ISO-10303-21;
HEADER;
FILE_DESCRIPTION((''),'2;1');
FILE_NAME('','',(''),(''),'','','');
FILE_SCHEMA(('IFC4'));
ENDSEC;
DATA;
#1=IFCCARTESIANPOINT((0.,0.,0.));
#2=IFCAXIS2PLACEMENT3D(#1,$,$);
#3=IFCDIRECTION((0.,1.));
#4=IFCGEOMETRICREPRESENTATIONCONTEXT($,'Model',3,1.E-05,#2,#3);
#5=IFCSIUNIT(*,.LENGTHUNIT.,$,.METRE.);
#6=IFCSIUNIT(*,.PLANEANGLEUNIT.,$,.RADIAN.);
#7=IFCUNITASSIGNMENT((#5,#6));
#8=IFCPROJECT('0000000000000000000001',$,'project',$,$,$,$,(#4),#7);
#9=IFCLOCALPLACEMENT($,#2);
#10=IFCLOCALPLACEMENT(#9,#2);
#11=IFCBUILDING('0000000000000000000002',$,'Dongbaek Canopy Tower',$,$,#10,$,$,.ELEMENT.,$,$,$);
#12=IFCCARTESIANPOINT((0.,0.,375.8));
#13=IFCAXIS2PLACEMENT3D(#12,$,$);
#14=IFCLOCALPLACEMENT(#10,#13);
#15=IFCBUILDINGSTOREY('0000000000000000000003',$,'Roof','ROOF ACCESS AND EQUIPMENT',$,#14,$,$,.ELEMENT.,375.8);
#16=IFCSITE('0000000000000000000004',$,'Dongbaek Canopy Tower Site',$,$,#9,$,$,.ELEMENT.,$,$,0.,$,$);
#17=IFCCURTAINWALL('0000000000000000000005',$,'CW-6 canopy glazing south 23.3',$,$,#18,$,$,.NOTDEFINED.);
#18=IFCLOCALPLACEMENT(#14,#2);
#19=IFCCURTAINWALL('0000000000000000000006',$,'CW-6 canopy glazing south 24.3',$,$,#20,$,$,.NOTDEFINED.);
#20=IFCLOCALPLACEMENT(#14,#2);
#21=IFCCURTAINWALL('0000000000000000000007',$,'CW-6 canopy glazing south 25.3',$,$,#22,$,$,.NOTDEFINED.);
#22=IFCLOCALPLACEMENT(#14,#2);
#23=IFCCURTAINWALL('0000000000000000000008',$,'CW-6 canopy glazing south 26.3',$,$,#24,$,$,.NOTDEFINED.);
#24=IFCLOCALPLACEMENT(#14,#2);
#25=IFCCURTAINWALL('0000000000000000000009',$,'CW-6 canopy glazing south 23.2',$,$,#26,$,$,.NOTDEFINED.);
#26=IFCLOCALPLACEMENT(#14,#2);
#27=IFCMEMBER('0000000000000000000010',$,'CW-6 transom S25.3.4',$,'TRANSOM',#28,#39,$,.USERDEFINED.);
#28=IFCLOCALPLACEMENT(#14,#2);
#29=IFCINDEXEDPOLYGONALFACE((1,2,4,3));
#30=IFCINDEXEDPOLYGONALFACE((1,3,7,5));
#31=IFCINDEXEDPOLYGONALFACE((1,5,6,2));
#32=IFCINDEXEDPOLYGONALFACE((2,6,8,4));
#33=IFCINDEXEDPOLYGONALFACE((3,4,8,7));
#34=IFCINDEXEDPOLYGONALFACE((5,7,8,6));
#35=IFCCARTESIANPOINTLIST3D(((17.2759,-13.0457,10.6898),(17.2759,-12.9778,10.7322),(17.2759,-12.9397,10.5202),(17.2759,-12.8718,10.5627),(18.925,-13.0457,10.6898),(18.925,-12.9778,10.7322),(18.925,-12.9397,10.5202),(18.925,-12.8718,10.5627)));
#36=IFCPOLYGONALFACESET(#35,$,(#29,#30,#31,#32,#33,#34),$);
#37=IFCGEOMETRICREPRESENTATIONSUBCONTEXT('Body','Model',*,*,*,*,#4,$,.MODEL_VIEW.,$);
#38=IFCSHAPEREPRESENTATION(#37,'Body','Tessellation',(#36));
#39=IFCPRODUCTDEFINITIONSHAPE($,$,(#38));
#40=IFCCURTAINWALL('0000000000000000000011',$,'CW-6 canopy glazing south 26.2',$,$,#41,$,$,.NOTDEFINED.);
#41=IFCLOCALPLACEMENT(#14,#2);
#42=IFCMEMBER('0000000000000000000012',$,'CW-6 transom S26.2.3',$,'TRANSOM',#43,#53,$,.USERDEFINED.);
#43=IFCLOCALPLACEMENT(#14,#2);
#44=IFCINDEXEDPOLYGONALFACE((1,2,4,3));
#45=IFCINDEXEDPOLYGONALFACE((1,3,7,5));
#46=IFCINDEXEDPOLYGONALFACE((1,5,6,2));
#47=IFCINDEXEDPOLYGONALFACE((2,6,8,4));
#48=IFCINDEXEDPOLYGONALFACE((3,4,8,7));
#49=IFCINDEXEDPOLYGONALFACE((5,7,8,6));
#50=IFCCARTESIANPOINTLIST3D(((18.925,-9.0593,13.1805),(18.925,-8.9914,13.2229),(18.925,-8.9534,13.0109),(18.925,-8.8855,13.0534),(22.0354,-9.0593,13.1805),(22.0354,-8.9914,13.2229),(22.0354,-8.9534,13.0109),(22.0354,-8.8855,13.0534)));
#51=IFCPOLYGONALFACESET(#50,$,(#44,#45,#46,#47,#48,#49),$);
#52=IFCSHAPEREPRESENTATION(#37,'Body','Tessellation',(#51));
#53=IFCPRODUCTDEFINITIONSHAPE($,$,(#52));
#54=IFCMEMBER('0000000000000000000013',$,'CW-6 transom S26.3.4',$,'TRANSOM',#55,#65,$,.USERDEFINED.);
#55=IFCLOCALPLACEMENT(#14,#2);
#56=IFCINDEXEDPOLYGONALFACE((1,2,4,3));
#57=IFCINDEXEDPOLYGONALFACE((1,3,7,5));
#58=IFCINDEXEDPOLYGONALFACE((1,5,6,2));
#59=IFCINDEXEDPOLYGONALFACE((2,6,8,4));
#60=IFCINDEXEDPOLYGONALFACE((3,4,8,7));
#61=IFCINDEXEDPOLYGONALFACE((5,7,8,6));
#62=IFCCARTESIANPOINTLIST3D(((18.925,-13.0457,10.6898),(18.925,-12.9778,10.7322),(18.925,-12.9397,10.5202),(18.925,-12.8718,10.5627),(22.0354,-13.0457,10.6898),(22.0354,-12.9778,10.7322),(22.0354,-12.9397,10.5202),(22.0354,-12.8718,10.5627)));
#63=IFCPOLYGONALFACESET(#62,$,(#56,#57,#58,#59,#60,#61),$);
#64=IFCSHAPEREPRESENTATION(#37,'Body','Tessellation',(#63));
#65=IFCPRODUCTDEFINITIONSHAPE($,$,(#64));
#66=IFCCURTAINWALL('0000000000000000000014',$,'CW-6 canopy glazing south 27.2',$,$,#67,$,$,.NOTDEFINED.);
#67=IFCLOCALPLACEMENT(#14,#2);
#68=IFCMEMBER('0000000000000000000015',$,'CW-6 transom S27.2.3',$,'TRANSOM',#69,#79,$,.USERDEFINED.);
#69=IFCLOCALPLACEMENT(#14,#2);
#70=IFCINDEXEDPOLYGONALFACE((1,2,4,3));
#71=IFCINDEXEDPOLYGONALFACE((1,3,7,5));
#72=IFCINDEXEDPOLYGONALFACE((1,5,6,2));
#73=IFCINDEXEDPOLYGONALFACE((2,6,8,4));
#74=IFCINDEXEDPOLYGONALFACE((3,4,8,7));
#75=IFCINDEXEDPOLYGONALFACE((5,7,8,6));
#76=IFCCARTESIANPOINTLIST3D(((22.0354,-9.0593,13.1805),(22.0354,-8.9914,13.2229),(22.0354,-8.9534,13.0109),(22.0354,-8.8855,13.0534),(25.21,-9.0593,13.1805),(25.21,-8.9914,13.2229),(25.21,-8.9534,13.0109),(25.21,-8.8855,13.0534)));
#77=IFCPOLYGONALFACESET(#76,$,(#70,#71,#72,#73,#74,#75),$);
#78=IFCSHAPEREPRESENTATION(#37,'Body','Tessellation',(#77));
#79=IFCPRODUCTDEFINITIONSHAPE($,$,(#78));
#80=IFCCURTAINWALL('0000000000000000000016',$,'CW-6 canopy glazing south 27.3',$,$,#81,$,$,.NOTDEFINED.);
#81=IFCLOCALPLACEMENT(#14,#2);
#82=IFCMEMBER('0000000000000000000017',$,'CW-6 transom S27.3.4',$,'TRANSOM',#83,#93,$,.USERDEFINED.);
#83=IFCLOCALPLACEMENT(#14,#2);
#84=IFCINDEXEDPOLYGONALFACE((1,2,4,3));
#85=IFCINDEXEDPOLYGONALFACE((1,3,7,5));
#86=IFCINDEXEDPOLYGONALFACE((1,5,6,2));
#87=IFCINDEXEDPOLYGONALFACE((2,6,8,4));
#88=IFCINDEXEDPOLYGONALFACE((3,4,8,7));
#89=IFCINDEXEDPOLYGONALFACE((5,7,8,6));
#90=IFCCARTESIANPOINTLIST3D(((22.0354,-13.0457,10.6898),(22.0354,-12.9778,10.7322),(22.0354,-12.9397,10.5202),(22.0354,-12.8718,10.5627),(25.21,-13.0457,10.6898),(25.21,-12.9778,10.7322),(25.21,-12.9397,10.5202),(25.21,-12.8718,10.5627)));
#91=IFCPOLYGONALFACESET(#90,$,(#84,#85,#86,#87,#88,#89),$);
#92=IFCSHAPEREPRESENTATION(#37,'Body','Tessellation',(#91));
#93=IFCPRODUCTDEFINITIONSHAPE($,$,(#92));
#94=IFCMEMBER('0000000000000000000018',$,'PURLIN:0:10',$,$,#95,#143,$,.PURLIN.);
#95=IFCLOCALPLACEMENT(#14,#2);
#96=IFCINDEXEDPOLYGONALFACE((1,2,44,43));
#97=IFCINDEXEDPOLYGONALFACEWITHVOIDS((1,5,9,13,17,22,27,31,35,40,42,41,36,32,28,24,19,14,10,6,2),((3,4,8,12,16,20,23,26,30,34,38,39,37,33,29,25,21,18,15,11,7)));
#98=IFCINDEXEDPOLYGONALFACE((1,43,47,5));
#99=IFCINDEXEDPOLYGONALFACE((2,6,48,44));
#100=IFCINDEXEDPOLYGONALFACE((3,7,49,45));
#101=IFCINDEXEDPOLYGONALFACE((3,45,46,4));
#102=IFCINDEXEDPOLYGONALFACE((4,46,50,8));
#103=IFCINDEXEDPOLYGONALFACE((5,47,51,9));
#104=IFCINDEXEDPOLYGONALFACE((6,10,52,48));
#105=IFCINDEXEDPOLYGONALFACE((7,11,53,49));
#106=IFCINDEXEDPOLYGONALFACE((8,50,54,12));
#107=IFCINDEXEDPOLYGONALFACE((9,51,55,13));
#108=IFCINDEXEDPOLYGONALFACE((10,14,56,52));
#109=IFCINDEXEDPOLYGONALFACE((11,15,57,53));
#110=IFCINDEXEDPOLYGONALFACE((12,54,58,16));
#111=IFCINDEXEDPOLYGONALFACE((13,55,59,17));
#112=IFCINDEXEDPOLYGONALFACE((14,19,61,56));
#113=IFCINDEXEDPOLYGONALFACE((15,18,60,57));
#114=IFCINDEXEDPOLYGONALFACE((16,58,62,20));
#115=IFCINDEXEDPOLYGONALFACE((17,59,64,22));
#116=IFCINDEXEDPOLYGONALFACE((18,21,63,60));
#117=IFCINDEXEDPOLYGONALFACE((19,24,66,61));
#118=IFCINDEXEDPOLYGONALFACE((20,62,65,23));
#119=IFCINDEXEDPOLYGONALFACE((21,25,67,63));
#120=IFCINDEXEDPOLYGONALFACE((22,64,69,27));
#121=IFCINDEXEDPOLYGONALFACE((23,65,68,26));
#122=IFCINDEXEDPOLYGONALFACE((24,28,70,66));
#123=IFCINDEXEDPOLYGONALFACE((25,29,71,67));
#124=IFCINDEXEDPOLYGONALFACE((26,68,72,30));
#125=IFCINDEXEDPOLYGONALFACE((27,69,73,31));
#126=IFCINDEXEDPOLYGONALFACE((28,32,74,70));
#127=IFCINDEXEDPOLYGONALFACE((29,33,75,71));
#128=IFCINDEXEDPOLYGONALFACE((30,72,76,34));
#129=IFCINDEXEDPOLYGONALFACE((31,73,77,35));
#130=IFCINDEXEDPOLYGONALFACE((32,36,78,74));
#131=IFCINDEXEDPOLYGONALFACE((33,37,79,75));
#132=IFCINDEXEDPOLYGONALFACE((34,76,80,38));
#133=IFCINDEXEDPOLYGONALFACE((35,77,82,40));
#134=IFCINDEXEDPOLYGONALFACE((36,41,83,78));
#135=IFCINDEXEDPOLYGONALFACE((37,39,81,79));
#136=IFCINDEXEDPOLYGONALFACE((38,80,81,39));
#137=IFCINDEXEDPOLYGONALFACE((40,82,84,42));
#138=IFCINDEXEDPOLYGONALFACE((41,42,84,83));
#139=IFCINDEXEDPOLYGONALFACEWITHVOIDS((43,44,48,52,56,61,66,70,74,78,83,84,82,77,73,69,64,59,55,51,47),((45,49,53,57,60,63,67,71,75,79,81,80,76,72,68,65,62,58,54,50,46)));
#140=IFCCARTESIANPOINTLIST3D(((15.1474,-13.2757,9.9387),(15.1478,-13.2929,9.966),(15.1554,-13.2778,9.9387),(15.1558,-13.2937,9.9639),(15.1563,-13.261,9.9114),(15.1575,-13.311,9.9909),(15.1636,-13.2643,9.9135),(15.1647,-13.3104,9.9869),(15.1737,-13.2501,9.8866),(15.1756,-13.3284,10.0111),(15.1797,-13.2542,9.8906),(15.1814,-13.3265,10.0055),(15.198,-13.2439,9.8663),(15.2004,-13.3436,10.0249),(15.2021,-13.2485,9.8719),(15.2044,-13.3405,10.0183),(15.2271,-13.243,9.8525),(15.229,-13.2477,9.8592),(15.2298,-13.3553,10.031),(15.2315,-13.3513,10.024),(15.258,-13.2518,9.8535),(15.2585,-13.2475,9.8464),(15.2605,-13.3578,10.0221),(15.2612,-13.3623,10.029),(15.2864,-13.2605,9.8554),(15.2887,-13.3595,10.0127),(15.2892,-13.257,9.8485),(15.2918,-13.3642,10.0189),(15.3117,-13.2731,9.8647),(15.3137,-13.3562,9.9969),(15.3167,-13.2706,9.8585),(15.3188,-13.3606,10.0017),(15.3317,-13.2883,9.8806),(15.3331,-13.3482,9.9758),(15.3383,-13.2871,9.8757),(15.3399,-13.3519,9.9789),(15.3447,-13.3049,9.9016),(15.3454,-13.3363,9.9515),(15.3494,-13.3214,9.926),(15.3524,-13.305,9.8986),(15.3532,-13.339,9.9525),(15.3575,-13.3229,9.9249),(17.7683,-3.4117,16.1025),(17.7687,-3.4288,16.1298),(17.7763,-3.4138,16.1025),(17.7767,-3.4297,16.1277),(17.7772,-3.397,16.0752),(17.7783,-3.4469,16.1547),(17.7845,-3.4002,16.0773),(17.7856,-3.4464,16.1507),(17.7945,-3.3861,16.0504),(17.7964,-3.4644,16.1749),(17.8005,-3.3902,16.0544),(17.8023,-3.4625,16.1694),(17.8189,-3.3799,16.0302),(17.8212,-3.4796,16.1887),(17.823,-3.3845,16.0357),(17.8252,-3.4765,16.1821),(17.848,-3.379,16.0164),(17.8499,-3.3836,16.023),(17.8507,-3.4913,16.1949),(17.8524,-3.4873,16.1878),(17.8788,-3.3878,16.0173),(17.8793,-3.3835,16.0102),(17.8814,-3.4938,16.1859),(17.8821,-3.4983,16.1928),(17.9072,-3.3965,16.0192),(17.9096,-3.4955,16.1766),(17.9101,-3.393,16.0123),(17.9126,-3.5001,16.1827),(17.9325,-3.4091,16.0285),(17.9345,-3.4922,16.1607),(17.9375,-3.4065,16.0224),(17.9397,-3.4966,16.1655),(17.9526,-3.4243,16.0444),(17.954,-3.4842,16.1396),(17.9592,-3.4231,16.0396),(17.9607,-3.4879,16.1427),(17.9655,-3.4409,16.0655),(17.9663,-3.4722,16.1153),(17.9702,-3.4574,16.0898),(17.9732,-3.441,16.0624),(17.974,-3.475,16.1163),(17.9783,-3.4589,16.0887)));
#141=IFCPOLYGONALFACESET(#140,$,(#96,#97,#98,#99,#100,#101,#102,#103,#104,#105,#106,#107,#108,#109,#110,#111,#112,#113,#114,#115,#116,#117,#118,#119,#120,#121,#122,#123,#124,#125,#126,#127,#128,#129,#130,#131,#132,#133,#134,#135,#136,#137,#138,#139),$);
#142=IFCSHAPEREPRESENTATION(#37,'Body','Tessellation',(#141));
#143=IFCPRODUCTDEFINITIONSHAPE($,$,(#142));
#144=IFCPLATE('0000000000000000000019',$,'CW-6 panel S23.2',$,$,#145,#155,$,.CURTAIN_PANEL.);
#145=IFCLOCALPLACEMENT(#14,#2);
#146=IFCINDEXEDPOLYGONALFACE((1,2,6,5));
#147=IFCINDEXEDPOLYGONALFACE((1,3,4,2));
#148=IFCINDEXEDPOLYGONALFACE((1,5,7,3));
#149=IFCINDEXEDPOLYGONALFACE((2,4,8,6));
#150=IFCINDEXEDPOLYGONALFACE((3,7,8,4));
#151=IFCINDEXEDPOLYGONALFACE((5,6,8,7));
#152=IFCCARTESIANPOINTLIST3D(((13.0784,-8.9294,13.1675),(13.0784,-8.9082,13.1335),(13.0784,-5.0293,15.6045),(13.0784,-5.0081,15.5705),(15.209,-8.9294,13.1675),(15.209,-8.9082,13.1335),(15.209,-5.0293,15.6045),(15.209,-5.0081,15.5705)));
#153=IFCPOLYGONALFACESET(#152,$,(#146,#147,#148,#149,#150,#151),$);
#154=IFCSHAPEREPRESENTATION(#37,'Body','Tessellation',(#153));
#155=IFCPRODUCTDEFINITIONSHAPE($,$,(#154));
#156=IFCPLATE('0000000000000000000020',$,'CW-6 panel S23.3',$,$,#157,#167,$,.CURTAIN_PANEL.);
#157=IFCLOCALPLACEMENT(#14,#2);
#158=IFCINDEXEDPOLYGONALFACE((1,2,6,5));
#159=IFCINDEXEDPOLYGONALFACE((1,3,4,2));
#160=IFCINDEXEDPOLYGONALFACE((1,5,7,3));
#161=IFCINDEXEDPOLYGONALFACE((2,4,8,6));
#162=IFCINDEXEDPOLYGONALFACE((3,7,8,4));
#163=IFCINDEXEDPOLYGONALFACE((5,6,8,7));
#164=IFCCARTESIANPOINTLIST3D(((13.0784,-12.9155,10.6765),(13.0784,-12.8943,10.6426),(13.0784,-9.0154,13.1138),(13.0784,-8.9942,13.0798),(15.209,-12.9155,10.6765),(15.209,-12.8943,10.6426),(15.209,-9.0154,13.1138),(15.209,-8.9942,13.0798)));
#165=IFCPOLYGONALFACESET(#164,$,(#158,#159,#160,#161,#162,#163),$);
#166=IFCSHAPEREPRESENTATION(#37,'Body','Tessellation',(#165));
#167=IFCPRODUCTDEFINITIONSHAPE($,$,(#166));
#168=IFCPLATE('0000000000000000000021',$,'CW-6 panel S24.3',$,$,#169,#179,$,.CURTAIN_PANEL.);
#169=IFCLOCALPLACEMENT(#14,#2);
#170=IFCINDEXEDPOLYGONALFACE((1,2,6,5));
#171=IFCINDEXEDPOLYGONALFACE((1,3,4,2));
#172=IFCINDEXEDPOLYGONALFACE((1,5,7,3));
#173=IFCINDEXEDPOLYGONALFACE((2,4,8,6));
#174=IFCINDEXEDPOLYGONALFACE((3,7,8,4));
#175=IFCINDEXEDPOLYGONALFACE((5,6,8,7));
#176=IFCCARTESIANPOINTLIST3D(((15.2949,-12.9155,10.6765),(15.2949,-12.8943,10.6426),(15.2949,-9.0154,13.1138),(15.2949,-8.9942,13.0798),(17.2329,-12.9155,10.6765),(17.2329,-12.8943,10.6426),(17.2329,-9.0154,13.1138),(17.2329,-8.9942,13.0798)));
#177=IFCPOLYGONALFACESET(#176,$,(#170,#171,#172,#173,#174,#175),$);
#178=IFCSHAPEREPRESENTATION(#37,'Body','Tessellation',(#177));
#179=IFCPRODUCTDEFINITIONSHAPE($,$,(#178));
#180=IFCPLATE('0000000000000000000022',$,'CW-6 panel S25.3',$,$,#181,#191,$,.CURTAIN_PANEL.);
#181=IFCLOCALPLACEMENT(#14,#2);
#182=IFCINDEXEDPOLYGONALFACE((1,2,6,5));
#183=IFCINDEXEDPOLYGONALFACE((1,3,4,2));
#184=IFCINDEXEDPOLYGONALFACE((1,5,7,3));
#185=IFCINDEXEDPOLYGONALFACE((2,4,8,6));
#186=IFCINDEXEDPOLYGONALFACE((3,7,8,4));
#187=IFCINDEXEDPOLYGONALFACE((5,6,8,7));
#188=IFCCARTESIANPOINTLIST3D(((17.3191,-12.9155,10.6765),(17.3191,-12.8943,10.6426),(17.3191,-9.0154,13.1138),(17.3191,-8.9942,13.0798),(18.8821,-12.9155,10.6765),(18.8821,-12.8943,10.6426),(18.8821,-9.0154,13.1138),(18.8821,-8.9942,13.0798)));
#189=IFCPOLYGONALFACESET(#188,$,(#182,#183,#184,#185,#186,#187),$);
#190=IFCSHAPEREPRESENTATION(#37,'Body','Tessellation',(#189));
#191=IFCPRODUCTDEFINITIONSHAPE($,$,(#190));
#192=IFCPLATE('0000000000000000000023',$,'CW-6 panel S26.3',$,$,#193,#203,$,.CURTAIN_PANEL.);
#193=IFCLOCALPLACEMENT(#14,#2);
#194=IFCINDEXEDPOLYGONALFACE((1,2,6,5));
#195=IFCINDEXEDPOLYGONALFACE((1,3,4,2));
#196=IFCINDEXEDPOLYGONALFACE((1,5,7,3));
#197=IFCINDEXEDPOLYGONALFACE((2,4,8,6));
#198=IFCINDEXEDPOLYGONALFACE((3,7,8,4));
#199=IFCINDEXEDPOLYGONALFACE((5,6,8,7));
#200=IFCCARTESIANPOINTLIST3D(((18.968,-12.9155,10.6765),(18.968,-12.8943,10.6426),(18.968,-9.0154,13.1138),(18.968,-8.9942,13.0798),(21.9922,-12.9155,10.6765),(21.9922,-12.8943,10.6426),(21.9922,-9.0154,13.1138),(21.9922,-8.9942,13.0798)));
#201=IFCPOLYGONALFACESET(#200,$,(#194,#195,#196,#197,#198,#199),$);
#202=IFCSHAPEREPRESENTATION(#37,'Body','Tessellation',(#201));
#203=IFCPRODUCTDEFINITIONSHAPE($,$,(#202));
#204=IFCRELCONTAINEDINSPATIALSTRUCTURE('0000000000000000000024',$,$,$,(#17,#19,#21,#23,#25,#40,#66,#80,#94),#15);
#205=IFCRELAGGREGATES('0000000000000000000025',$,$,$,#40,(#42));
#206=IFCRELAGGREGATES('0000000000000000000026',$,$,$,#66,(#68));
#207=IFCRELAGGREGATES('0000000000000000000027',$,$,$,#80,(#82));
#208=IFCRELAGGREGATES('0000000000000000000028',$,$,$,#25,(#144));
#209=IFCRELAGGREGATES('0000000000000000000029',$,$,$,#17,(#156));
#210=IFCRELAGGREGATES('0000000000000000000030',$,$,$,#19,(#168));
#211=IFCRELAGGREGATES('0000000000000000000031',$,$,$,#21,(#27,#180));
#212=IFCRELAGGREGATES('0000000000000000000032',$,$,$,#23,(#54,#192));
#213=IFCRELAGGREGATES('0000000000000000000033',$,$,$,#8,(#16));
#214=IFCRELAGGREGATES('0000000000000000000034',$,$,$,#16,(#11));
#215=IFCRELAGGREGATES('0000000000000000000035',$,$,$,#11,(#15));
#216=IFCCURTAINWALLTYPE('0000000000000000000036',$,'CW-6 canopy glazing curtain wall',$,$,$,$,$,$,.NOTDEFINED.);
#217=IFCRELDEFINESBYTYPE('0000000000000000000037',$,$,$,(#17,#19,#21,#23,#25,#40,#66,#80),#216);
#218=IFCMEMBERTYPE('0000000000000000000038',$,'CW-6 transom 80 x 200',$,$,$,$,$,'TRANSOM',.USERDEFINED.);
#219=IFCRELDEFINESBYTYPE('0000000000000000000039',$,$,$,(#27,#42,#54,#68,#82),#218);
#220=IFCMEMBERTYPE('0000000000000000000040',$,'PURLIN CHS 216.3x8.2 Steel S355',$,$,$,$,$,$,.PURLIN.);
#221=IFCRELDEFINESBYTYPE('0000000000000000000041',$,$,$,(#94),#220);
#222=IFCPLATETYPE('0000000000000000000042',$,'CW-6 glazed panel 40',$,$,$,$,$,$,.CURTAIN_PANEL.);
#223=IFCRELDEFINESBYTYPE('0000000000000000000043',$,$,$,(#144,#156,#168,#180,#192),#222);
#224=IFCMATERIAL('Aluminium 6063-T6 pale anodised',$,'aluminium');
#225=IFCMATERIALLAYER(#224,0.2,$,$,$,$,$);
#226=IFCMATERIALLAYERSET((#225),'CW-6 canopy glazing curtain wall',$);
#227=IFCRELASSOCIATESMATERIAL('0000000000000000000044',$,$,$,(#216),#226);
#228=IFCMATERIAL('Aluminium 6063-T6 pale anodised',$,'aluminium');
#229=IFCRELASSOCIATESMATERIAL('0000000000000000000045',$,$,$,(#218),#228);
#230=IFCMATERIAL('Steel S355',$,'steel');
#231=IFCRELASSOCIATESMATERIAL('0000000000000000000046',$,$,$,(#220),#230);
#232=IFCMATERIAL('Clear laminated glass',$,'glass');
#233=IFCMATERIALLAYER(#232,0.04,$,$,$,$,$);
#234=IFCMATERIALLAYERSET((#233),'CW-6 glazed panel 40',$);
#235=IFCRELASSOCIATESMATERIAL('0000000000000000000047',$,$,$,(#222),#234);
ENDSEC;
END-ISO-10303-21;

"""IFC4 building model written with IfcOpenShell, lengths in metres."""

from ifc_helpers import new_model, si_unit, direction, frame, origin, origin_2d, place, context, subcontext, project, spatial, polyline, rectangle, hollow_circle, outline, extrude, material, layer, layer_set, material_profile, profile_set, type_object, element, aggregate, save


model = new_model("IFC4")

# Units and contexts
model_context = context("Model", 3, precision=1e-05, world=origin(), true_north=direction((0.0, 1.0)))
body_context = subcontext(model_context, "Body", "Model", "MODEL_VIEW")
ifc_project = project(units=[si_unit("LENGTHUNIT", "METRE"), si_unit("PLANEANGLEUNIT", "RADIAN")], contexts=[model_context])

# Site, building, storey
site_placement = place(None, origin())
site = spatial("IfcSite", under=ifc_project, at=site_placement, Name="Dongbaek Canopy Tower Site", CompositionType="ELEMENT", RefElevation=0.0)
building_placement = place(site_placement, origin())
building = spatial("IfcBuilding", under=site, at=building_placement, Name="Dongbaek Canopy Tower", CompositionType="ELEMENT")
storey_placement = place(building_placement, frame((0.0, 0.0, 375.8)))
storey = spatial("IfcBuildingStorey", under=building, at=storey_placement, Name="Roof", Description="ROOF ACCESS AND EQUIPMENT", CompositionType="ELEMENT", Elevation=375.8)

# Curtain walls
ifc_material_1 = material(Name="Aluminium 6063-T6 pale anodised", Category="aluminium")
ifc_layer_1 = layer(ifc_material_1, 0.2)
ifc_layer_set_1 = layer_set([ifc_layer_1], Name="CW-6 canopy glazing curtain wall")
curtain_wall_type = type_object("IfcCurtainWallType", Name="CW-6 canopy glazing curtain wall", PredefinedType="NOTDEFINED", material=ifc_layer_set_1)
curtain_wall_1_placement = place(storey_placement, origin())
curtain_wall_1 = element("IfcCurtainWall", 1, at=curtain_wall_1_placement, inside=storey, type_object=curtain_wall_type, Name="CW-6 canopy glazing south 23.3", PredefinedType="NOTDEFINED")
curtain_wall_2_placement = place(storey_placement, origin())
curtain_wall_2 = element("IfcCurtainWall", 2, at=curtain_wall_2_placement, inside=storey, type_object=curtain_wall_type, Name="CW-6 canopy glazing south 24.3", PredefinedType="NOTDEFINED")
curtain_wall_3_placement = place(storey_placement, origin())
curtain_wall_3 = element("IfcCurtainWall", 3, at=curtain_wall_3_placement, inside=storey, type_object=curtain_wall_type, Name="CW-6 canopy glazing south 25.3", PredefinedType="NOTDEFINED")
curtain_wall_4_placement = place(storey_placement, origin())
curtain_wall_4 = element("IfcCurtainWall", 4, at=curtain_wall_4_placement, inside=storey, type_object=curtain_wall_type, Name="CW-6 canopy glazing south 26.3", PredefinedType="NOTDEFINED")
curtain_wall_5_placement = place(storey_placement, origin())
curtain_wall_5 = element("IfcCurtainWall", 5, at=curtain_wall_5_placement, inside=storey, type_object=curtain_wall_type, Name="CW-6 canopy glazing south 23.2", PredefinedType="NOTDEFINED")
ifc_material_2 = material(Name="Aluminium 6063-T6 pale anodised", Category="aluminium")
ifc_material_profile_1 = material_profile(ifc_material_2, rectangle(XDim=0.0801, YDim=0.2, at=origin_2d()), Name="CW-6 transom 80 x 200")
ifc_profile_set_1 = profile_set([ifc_material_profile_1], Name="Aluminium 6063-T6 pale anodised")
member_type_1 = type_object("IfcMemberType", Name="CW-6 transom 80 x 200", ElementType="TRANSOM", PredefinedType="USERDEFINED", material=ifc_profile_set_1)

# Member
member_1_placement = place(storey_placement, frame((17.2759, -12.9587, 10.6262), z_axis=(1.0, 0.0, 0.0), x_axis=(0.0, 0.848048, 0.529919)))
member_1 = element("IfcMember", 6, at=member_1_placement, type_object=member_type_1, Name="CW-6 transom S25.3.4", ObjectType="TRANSOM", PredefinedType="USERDEFINED", context=body_context, shape_type="SweptSolid", body=[
    extrude(rectangle(XDim=0.0801, YDim=0.2, at=origin_2d()), origin(), (0.0, 0.0, 1.0), 1.6492),
])

# Curtain wall, member
curtain_wall_6_placement = place(storey_placement, origin())
curtain_wall_6 = element("IfcCurtainWall", 7, at=curtain_wall_6_placement, inside=storey, type_object=curtain_wall_type, Name="CW-6 canopy glazing south 26.2", PredefinedType="NOTDEFINED")
member_2_placement = place(storey_placement, frame((18.925, -8.9724, 13.1169), z_axis=(1.0, 0.0, 0.0), x_axis=(0.0, 0.848048, 0.529919)))
member_2 = element("IfcMember", 8, at=member_2_placement, type_object=member_type_1, Name="CW-6 transom S26.2.3", ObjectType="TRANSOM", PredefinedType="USERDEFINED", context=body_context, shape_type="SweptSolid", body=[
    extrude(rectangle(XDim=0.0801, YDim=0.2, at=origin_2d()), origin(), (0.0, 0.0, 1.0), 3.1104),
])
aggregate(curtain_wall_6, [member_2])

# Member
member_3_placement = place(storey_placement, frame((18.925, -12.9587, 10.6262), z_axis=(1.0, 0.0, 0.0), x_axis=(0.0, 0.848048, 0.529919)))
member_3 = element("IfcMember", 9, at=member_3_placement, type_object=member_type_1, Name="CW-6 transom S26.3.4", ObjectType="TRANSOM", PredefinedType="USERDEFINED", context=body_context, shape_type="SweptSolid", body=[
    extrude(rectangle(XDim=0.0801, YDim=0.2, at=origin_2d()), origin(), (0.0, 0.0, 1.0), 3.1104),
])

# Curtain walls, members
curtain_wall_7_placement = place(storey_placement, origin())
curtain_wall_7 = element("IfcCurtainWall", 10, at=curtain_wall_7_placement, inside=storey, type_object=curtain_wall_type, Name="CW-6 canopy glazing south 27.2", PredefinedType="NOTDEFINED")
member_4_placement = place(storey_placement, frame((22.0354, -8.9724, 13.1169), z_axis=(1.0, 0.0, 0.0), x_axis=(0.0, 0.848048, 0.529919)))
member_4 = element("IfcMember", 11, at=member_4_placement, type_object=member_type_1, Name="CW-6 transom S27.2.3", ObjectType="TRANSOM", PredefinedType="USERDEFINED", context=body_context, shape_type="SweptSolid", body=[
    extrude(rectangle(XDim=0.0801, YDim=0.2, at=origin_2d()), origin(), (0.0, 0.0, 1.0), 3.1746),
])
aggregate(curtain_wall_7, [member_4])
curtain_wall_8_placement = place(storey_placement, origin())
curtain_wall_8 = element("IfcCurtainWall", 12, at=curtain_wall_8_placement, inside=storey, type_object=curtain_wall_type, Name="CW-6 canopy glazing south 27.3", PredefinedType="NOTDEFINED")
member_5_placement = place(storey_placement, frame((22.0354, -12.9587, 10.6262), z_axis=(1.0, 0.0, 0.0), x_axis=(0.0, 0.848048, 0.529919)))
member_5 = element("IfcMember", 13, at=member_5_placement, type_object=member_type_1, Name="CW-6 transom S27.3.4", ObjectType="TRANSOM", PredefinedType="USERDEFINED", context=body_context, shape_type="SweptSolid", body=[
    extrude(rectangle(XDim=0.0801, YDim=0.2, at=origin_2d()), origin(), (0.0, 0.0, 1.0), 3.1746),
])
aggregate(curtain_wall_8, [member_5])

# Member
ifc_material_3 = material(Name="Steel S355", Category="steel")
ifc_material_profile_2 = material_profile(ifc_material_3, hollow_circle(Radius=0.1082, WallThickness=0.0083, at=origin_2d()), Name="PURLIN CHS 216.3x8.2 Steel S355")
ifc_profile_set_2 = profile_set([ifc_material_profile_2], Name="Steel S355")
member_type_2 = type_object("IfcMemberType", Name="PURLIN CHS 216.3x8.2 Steel S355", PredefinedType="PURLIN", material=ifc_profile_set_2)
member_6_placement = place(storey_placement, frame((15.252, -13.3035, 9.9387), z_axis=(0.219813, 0.827303, 0.516964), x_axis=(-0.966468, 0.256789, 0.0)))
element("IfcMember", 14, at=member_6_placement, inside=storey, type_object=member_type_2, Name="PURLIN:0:10", PredefinedType="PURLIN", context=body_context, shape_type="SweptSolid", body=[
    extrude(hollow_circle(Radius=0.1082, WallThickness=0.0083, at=origin_2d()), origin(), (0.0, 0.0, 1.0), 11.9231),
])

# Plates
ifc_material_4 = material(Name="Clear laminated glass", Category="glass")
ifc_layer_2 = layer(ifc_material_4, 0.04)
ifc_layer_set_2 = layer_set([ifc_layer_2], Name="CW-6 glazed panel 40")
plate_type = type_object("IfcPlateType", Name="CW-6 glazed panel 40", PredefinedType="CURTAIN_PANEL", material=ifc_layer_set_2)
plate_1_placement = place(storey_placement, frame((15.209, -8.9294, 13.1675), z_axis=(0.0, -0.529908, 0.848055), x_axis=(-1.0, 0.0, 0.0)))
plate_1 = element("IfcPlate", 15, at=plate_1_placement, type_object=plate_type, Name="CW-6 panel S23.2", PredefinedType="CURTAIN_PANEL", context=body_context, shape_type="SweptSolid", body=[
    extrude(outline(polyline([(0.0, 0.0), (2.1306, 0.0), (2.1306, -4.5989), (0.0, -4.5989), (0.0, 0.0)])), origin(), (0.0, 0.0, -1.0), 0.04),
])
aggregate(curtain_wall_5, [plate_1])
plate_2_placement = place(storey_placement, frame((15.209, -12.9155, 10.6765), z_axis=(0.0, -0.529946, 0.848031), x_axis=(-1.0, 0.0, 0.0)))
plate_2 = element("IfcPlate", 16, at=plate_2_placement, type_object=plate_type, Name="CW-6 panel S23.3", PredefinedType="CURTAIN_PANEL", context=body_context, shape_type="SweptSolid", body=[
    extrude(outline(polyline([(0.0, 0.0), (2.1306, 0.0), (2.1306, -4.5991), (0.0, -4.5991), (0.0, 0.0)])), origin(), (0.0, 0.0, -1.0), 0.04),
])
aggregate(curtain_wall_1, [plate_2])
plate_3_placement = place(storey_placement, frame((17.2329, -12.9155, 10.6765), z_axis=(0.0, -0.529946, 0.848031), x_axis=(-1.0, 0.0, 0.0)))
plate_3 = element("IfcPlate", 17, at=plate_3_placement, type_object=plate_type, Name="CW-6 panel S24.3", PredefinedType="CURTAIN_PANEL", context=body_context, shape_type="SweptSolid", body=[
    extrude(outline(polyline([(0.0, 0.0), (1.938, 0.0), (1.938, -4.5991), (0.0, -4.5991), (0.0, 0.0)])), origin(), (0.0, 0.0, -1.0), 0.04),
])
aggregate(curtain_wall_2, [plate_3])
plate_4_placement = place(storey_placement, frame((18.8821, -12.9155, 10.6765), z_axis=(0.0, -0.529946, 0.848031), x_axis=(-1.0, 0.0, 0.0)))
plate_4 = element("IfcPlate", 18, at=plate_4_placement, type_object=plate_type, Name="CW-6 panel S25.3", PredefinedType="CURTAIN_PANEL", context=body_context, shape_type="SweptSolid", body=[
    extrude(outline(polyline([(0.0, 0.0), (1.563, 0.0), (1.563, -4.5991), (0.0, -4.5991), (0.0, 0.0)])), origin(), (0.0, 0.0, -1.0), 0.04),
])
aggregate(curtain_wall_3, [member_1, plate_4])
plate_5_placement = place(storey_placement, frame((21.9922, -12.9155, 10.6765), z_axis=(0.0, -0.529946, 0.848031), x_axis=(-1.0, 0.0, 0.0)))
plate_5 = element("IfcPlate", 19, at=plate_5_placement, type_object=plate_type, Name="CW-6 panel S26.3", PredefinedType="CURTAIN_PANEL", context=body_context, shape_type="SweptSolid", body=[
    extrude(outline(polyline([(0.0, 0.0), (3.0242, 0.0), (3.0242, -4.5991), (0.0, -4.5991), (0.0, 0.0)])), origin(), (0.0, 0.0, -1.0), 0.04),
])
aggregate(curtain_wall_4, [member_3, plate_5])

save(model, "model.ifc")
